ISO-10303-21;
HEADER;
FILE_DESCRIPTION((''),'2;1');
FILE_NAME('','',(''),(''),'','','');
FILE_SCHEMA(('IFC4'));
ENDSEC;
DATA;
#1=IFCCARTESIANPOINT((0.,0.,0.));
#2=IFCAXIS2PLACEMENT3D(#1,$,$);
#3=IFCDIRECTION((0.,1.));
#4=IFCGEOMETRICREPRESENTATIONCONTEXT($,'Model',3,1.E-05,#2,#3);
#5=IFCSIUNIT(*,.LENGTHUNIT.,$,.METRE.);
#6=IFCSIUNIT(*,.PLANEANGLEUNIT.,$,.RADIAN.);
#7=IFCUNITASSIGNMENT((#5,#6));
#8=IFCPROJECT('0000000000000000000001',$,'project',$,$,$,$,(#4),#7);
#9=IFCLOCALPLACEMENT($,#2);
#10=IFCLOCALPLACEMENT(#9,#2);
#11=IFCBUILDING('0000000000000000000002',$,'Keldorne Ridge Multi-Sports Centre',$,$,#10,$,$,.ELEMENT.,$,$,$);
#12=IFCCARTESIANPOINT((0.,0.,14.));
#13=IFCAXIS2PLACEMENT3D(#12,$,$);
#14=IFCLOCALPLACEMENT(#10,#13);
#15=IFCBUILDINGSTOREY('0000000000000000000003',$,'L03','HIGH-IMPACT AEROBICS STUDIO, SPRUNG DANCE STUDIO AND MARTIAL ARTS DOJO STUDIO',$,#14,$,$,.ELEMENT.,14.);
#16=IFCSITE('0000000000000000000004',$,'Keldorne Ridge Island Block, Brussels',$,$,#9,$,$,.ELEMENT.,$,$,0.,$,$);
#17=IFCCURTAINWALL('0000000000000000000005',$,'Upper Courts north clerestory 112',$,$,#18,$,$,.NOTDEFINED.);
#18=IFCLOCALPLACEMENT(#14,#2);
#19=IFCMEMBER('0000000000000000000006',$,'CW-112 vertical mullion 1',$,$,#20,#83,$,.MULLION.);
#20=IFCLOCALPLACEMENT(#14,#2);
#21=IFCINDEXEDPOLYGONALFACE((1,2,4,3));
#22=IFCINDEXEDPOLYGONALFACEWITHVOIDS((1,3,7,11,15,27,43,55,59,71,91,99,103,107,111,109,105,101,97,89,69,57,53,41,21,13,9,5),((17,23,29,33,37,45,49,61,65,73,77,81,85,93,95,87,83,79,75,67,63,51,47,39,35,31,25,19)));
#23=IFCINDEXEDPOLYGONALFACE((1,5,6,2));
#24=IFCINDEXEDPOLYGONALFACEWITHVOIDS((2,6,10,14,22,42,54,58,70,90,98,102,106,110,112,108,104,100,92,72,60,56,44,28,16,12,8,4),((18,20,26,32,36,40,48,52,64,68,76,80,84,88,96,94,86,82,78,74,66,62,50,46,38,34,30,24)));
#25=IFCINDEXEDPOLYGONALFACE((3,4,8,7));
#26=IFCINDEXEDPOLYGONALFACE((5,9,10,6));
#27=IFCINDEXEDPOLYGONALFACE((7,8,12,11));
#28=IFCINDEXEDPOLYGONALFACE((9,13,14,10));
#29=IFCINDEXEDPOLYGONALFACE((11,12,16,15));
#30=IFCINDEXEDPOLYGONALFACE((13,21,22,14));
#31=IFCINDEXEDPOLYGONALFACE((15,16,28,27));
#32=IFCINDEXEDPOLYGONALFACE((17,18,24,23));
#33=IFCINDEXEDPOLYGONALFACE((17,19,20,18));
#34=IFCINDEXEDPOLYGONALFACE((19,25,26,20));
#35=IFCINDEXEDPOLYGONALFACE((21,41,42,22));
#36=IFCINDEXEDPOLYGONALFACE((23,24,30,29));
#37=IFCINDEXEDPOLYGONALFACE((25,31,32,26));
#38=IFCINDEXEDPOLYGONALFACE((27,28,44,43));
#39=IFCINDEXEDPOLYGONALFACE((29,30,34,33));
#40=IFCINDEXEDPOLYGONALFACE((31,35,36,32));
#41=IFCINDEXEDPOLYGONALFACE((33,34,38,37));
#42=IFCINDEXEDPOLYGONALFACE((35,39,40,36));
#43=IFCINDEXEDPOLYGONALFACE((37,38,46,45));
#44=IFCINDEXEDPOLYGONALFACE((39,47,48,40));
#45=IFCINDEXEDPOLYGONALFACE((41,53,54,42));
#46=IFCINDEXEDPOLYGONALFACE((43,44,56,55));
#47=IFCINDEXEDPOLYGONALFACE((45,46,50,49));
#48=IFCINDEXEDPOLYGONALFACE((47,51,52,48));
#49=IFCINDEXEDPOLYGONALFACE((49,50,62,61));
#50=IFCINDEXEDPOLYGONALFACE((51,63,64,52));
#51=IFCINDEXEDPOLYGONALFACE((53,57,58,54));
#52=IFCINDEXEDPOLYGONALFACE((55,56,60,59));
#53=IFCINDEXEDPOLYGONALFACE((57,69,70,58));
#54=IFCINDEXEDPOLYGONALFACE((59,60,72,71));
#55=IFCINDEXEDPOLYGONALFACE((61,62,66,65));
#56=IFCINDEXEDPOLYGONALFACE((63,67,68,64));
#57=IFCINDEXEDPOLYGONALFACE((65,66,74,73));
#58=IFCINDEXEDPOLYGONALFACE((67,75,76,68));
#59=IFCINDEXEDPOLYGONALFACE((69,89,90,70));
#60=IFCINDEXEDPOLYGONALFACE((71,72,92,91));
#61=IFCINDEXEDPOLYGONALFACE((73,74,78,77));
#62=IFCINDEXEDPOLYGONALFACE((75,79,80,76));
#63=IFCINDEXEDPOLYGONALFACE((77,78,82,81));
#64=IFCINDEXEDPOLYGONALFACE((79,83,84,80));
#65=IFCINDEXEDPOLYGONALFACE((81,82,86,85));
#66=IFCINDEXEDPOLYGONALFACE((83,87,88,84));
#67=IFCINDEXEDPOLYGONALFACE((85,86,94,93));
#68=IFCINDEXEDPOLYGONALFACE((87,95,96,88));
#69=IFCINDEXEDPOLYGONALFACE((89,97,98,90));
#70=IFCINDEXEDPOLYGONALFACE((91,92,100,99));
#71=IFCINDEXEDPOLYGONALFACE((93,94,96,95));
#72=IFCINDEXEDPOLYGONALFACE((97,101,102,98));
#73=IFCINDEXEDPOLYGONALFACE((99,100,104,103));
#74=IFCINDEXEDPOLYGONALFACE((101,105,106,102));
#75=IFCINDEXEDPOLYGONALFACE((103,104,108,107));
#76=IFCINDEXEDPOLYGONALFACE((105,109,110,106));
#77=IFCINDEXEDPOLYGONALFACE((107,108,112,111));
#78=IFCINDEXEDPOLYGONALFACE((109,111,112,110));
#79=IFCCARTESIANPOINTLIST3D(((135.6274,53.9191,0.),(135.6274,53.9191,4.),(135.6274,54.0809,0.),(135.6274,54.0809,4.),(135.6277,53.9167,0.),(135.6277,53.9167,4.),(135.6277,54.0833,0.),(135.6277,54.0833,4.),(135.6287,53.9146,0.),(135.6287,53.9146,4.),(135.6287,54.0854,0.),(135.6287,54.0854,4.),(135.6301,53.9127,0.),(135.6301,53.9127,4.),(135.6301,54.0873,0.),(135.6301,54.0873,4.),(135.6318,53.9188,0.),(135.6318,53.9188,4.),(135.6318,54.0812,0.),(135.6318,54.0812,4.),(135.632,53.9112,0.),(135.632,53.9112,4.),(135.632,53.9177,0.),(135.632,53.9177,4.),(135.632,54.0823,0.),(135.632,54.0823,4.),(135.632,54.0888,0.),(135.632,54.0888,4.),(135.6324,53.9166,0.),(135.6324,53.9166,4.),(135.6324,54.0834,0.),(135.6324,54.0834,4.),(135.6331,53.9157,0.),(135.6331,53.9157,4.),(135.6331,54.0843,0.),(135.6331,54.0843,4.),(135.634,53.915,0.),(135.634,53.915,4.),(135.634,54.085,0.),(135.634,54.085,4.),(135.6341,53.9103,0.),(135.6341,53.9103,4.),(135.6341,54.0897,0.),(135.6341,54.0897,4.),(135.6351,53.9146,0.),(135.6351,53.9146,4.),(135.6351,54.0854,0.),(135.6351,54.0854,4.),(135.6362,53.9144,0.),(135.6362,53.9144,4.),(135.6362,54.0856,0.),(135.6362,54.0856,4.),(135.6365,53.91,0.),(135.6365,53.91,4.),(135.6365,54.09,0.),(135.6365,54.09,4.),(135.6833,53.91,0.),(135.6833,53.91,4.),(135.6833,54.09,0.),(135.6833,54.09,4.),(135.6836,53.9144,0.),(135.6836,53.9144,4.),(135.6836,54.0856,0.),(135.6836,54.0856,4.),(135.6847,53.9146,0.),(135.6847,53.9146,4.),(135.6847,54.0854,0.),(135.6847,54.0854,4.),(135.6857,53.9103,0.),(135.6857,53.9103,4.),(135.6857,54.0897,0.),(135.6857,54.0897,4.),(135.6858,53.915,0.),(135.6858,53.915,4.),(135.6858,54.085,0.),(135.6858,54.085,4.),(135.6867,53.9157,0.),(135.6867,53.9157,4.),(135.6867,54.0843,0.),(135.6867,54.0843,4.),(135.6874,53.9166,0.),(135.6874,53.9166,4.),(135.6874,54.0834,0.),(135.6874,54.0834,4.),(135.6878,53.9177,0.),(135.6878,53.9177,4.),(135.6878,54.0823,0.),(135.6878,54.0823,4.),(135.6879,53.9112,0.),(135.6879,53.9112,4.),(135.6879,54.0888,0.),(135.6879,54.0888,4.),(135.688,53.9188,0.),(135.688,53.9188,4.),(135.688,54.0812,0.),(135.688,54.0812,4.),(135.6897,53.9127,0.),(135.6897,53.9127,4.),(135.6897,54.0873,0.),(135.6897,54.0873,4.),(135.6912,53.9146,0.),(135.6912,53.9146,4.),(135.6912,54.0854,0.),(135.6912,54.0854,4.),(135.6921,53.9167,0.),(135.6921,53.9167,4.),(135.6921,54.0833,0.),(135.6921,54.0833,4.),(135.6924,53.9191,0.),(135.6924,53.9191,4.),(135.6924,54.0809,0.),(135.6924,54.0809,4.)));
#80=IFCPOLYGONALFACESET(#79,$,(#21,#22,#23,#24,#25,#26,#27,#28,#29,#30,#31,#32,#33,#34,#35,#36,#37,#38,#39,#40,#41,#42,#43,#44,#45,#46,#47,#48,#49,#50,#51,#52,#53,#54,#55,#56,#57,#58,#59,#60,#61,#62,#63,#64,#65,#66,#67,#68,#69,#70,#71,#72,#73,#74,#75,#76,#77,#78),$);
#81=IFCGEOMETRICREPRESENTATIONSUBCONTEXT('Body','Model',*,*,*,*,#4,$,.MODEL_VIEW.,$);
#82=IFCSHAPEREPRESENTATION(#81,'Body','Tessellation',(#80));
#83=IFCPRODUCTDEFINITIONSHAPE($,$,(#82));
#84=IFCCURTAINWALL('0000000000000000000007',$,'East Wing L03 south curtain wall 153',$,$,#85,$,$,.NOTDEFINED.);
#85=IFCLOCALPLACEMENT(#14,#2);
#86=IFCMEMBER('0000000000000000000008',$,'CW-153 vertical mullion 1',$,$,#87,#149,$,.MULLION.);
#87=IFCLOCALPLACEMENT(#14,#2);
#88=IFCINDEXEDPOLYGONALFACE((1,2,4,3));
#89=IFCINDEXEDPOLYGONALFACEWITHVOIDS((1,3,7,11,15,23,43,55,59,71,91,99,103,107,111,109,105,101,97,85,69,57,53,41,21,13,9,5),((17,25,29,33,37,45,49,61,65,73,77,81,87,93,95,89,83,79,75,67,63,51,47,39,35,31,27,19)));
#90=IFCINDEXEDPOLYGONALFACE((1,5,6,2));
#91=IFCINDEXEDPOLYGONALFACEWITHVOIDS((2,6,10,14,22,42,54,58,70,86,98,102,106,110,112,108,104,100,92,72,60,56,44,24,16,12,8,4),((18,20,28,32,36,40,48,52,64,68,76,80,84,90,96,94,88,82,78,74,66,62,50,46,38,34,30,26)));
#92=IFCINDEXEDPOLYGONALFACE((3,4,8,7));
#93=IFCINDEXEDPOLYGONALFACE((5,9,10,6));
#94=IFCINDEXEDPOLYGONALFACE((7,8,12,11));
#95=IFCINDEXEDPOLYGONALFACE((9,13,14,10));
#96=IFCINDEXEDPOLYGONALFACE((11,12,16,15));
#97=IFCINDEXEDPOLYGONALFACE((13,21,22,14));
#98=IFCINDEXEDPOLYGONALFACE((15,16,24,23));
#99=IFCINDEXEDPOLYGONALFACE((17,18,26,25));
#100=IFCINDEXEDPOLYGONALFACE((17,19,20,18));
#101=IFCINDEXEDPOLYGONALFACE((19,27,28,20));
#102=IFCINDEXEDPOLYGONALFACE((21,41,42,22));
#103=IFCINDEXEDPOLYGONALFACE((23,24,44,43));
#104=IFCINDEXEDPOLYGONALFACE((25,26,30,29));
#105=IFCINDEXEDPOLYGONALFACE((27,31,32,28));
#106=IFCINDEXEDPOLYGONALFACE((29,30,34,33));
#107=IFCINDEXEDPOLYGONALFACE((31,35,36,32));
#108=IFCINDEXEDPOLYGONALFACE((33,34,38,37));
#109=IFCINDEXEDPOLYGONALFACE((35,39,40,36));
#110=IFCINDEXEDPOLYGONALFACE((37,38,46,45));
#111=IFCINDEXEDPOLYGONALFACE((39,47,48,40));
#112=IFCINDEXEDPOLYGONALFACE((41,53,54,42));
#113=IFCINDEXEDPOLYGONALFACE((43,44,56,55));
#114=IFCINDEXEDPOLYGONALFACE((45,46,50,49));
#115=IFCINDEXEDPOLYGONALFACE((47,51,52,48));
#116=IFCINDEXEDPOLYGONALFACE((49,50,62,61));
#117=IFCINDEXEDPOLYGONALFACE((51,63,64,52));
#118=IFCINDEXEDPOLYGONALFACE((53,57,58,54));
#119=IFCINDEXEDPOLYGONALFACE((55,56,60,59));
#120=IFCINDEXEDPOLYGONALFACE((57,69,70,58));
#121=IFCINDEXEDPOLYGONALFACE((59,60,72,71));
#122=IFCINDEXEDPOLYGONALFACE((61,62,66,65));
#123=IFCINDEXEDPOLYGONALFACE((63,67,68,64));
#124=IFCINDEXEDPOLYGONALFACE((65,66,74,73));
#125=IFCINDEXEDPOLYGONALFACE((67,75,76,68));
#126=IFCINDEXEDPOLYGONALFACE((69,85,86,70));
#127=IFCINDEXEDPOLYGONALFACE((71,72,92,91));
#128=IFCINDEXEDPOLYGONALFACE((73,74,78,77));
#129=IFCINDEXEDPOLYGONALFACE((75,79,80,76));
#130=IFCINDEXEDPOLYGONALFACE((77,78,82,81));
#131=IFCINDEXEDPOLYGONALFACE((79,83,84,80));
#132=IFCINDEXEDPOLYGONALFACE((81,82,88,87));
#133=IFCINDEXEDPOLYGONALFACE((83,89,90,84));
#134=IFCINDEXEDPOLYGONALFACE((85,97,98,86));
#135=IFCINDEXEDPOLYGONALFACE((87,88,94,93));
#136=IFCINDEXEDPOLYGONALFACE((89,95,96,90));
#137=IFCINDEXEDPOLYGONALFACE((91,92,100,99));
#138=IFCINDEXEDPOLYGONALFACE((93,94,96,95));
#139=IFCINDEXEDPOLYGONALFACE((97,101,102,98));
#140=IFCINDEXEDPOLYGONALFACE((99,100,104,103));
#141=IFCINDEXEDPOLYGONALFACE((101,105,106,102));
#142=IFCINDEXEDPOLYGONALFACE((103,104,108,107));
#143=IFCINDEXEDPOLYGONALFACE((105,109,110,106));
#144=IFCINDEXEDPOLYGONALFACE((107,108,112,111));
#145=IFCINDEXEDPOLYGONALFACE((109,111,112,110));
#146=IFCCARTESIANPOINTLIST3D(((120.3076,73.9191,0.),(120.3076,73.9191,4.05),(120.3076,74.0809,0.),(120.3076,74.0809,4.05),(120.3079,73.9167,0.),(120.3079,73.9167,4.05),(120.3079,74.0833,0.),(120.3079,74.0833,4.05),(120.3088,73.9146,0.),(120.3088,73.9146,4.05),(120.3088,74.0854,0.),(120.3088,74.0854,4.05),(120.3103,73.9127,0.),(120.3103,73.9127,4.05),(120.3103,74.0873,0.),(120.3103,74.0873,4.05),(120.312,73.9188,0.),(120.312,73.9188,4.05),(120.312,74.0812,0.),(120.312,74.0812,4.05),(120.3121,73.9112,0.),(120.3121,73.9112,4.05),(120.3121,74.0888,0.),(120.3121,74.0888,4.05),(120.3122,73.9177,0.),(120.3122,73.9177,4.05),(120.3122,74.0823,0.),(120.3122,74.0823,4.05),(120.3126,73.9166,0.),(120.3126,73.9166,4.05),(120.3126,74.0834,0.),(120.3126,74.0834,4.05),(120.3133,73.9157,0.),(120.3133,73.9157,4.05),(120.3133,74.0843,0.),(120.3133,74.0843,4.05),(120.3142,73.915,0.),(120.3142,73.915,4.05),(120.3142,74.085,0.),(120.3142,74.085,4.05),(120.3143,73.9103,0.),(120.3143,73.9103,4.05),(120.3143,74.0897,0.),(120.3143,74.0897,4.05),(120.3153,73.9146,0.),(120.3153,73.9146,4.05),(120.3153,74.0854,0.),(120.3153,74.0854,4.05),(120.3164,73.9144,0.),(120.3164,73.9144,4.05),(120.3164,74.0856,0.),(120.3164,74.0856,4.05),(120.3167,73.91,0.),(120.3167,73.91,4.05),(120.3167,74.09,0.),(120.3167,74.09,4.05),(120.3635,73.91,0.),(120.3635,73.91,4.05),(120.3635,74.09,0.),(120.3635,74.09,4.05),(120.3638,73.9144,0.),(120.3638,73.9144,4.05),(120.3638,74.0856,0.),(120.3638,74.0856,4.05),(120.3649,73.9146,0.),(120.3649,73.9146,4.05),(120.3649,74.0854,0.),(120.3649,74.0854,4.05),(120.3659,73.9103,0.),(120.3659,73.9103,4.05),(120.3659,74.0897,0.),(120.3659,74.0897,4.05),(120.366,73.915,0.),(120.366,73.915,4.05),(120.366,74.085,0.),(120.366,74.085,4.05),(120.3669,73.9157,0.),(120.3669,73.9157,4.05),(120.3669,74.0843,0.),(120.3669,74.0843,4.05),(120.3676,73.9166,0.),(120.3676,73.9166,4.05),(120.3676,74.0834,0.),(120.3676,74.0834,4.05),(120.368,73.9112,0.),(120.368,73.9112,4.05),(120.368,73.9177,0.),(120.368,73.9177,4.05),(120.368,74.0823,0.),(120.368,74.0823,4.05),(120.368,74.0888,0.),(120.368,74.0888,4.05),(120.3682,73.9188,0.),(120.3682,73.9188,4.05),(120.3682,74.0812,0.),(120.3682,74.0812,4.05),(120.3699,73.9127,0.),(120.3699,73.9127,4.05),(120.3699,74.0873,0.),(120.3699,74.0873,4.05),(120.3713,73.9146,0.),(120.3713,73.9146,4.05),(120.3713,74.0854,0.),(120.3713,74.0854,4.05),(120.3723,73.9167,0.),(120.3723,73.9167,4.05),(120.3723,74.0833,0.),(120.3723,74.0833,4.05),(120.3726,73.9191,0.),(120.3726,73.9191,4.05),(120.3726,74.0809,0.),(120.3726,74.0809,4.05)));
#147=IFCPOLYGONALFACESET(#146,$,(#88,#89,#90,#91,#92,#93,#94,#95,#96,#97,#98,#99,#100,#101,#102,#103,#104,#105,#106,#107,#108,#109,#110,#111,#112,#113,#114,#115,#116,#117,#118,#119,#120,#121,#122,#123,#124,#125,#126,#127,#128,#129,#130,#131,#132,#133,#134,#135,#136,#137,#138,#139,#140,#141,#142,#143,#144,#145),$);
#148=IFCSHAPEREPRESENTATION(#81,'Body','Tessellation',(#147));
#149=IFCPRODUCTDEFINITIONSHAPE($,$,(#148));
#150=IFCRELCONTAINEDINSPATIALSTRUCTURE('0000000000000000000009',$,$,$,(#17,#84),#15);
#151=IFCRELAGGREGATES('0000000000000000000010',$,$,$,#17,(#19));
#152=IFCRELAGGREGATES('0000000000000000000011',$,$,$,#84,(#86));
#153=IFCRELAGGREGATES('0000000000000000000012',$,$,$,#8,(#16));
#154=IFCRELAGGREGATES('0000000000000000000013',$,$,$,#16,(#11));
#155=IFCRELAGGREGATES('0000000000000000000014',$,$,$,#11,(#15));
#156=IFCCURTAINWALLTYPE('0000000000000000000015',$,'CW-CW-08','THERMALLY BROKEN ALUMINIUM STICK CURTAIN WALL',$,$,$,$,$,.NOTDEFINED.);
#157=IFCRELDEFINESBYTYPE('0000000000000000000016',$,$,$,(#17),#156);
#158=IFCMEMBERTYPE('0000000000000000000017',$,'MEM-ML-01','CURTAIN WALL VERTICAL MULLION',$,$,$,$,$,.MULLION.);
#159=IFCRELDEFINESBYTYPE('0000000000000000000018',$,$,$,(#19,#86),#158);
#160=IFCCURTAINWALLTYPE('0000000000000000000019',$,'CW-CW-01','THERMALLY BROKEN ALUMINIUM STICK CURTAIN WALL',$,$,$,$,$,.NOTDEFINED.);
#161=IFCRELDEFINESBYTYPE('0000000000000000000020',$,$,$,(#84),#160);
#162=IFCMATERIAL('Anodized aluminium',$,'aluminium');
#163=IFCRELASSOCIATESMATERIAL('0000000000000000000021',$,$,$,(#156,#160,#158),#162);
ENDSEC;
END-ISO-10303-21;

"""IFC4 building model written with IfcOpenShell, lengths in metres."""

from ifc_helpers import new_model, si_unit, direction, frame, origin, origin_2d, place, context, subcontext, project, spatial, hollow_rectangle, extrude, material, material_profile, profile_set, type_object, element, aggregate, save


model = new_model("IFC4")

# Units and contexts
model_context = context("Model", 3, precision=1e-05, world=origin(), true_north=direction((0.0, 1.0)))
body_context = subcontext(model_context, "Body", "Model", "MODEL_VIEW")
ifc_project = project(units=[si_unit("LENGTHUNIT", "METRE"), si_unit("PLANEANGLEUNIT", "RADIAN")], contexts=[model_context])

# Site, building, storey
site_placement = place(None, origin())
site = spatial("IfcSite", under=ifc_project, at=site_placement, Name="Keldorne Ridge Island Block, Brussels", CompositionType="ELEMENT", RefElevation=0.0)
building_placement = place(site_placement, origin())
building = spatial("IfcBuilding", under=site, at=building_placement, Name="Keldorne Ridge Multi-Sports Centre", CompositionType="ELEMENT")
storey_placement = place(building_placement, frame((0.0, 0.0, 14.0)))
storey = spatial("IfcBuildingStorey", under=building, at=storey_placement, Name="L03", Description="HIGH-IMPACT AEROBICS STUDIO, SPRUNG DANCE STUDIO AND MARTIAL ARTS DOJO STUDIO", CompositionType="ELEMENT", Elevation=14.0)

# Curtain wall, member
ifc_material_1 = material(Name="Anodized aluminium", Category="aluminium")
curtain_wall_type_1 = type_object("IfcCurtainWallType", Name="CW-CW-08", Description="THERMALLY BROKEN ALUMINIUM STICK CURTAIN WALL", PredefinedType="NOTDEFINED", material=ifc_material_1)
curtain_wall_1_placement = place(storey_placement, origin())
curtain_wall_1 = element("IfcCurtainWall", 1, at=curtain_wall_1_placement, inside=storey, type_object=curtain_wall_type_1, Name="Upper Courts north clerestory 112", PredefinedType="NOTDEFINED")
ifc_material_profile_1 = material_profile(ifc_material_1, hollow_rectangle(XDim=0.0649, YDim=0.1799, WallThickness=0.0044, InnerFilletRadius=0.0044, OuterFilletRadius=0.009, at=origin_2d()), Name="ALU MULLION 180x65x4.5")
ifc_profile_set_1 = profile_set([ifc_material_profile_1], Name="Anodized aluminium")
member_type_1 = type_object("IfcMemberType", Name="MEM-ML-01", Description="CURTAIN WALL VERTICAL MULLION", PredefinedType="MULLION", material=ifc_profile_set_1)
member_1_placement = place(storey_placement, frame((135.6599, 54.0, 0.0), z_axis=(0.0, 0.0, 1.0), x_axis=(1.0, 0.0, 0.0)))
member_1 = element("IfcMember", 2, at=member_1_placement, type_object=member_type_1, Name="CW-112 vertical mullion 1", PredefinedType="MULLION", context=body_context, shape_type="SweptSolid", body=[
    extrude(hollow_rectangle(XDim=0.0649, YDim=0.1799, WallThickness=0.0044, InnerFilletRadius=0.0044, OuterFilletRadius=0.009, at=origin_2d()), origin(), (0.0, 0.0, 1.0), 4.0),
])

# Curtain wall, member
curtain_wall_type_2 = type_object("IfcCurtainWallType", Name="CW-CW-01", Description="THERMALLY BROKEN ALUMINIUM STICK CURTAIN WALL", PredefinedType="NOTDEFINED", material=ifc_material_1)
curtain_wall_2_placement = place(storey_placement, origin())
curtain_wall_2 = element("IfcCurtainWall", 3, at=curtain_wall_2_placement, inside=storey, type_object=curtain_wall_type_2, Name="East Wing L03 south curtain wall 153", PredefinedType="NOTDEFINED")
member_2_placement = place(storey_placement, frame((120.3401, 74.0, 0.0), z_axis=(0.0, 0.0, 1.0), x_axis=(1.0, 0.0, 0.0)))
member_2 = element("IfcMember", 4, at=member_2_placement, type_object=member_type_1, Name="CW-153 vertical mullion 1", PredefinedType="MULLION", context=body_context, shape_type="SweptSolid", body=[
    extrude(hollow_rectangle(XDim=0.0649, YDim=0.1799, WallThickness=0.0044, InnerFilletRadius=0.0044, OuterFilletRadius=0.009, at=origin_2d()), origin(), (0.0, 0.0, 1.0), 4.05),
])

aggregate(curtain_wall_1, [member_1])
aggregate(curtain_wall_2, [member_2])

save(model, "model.ifc")
